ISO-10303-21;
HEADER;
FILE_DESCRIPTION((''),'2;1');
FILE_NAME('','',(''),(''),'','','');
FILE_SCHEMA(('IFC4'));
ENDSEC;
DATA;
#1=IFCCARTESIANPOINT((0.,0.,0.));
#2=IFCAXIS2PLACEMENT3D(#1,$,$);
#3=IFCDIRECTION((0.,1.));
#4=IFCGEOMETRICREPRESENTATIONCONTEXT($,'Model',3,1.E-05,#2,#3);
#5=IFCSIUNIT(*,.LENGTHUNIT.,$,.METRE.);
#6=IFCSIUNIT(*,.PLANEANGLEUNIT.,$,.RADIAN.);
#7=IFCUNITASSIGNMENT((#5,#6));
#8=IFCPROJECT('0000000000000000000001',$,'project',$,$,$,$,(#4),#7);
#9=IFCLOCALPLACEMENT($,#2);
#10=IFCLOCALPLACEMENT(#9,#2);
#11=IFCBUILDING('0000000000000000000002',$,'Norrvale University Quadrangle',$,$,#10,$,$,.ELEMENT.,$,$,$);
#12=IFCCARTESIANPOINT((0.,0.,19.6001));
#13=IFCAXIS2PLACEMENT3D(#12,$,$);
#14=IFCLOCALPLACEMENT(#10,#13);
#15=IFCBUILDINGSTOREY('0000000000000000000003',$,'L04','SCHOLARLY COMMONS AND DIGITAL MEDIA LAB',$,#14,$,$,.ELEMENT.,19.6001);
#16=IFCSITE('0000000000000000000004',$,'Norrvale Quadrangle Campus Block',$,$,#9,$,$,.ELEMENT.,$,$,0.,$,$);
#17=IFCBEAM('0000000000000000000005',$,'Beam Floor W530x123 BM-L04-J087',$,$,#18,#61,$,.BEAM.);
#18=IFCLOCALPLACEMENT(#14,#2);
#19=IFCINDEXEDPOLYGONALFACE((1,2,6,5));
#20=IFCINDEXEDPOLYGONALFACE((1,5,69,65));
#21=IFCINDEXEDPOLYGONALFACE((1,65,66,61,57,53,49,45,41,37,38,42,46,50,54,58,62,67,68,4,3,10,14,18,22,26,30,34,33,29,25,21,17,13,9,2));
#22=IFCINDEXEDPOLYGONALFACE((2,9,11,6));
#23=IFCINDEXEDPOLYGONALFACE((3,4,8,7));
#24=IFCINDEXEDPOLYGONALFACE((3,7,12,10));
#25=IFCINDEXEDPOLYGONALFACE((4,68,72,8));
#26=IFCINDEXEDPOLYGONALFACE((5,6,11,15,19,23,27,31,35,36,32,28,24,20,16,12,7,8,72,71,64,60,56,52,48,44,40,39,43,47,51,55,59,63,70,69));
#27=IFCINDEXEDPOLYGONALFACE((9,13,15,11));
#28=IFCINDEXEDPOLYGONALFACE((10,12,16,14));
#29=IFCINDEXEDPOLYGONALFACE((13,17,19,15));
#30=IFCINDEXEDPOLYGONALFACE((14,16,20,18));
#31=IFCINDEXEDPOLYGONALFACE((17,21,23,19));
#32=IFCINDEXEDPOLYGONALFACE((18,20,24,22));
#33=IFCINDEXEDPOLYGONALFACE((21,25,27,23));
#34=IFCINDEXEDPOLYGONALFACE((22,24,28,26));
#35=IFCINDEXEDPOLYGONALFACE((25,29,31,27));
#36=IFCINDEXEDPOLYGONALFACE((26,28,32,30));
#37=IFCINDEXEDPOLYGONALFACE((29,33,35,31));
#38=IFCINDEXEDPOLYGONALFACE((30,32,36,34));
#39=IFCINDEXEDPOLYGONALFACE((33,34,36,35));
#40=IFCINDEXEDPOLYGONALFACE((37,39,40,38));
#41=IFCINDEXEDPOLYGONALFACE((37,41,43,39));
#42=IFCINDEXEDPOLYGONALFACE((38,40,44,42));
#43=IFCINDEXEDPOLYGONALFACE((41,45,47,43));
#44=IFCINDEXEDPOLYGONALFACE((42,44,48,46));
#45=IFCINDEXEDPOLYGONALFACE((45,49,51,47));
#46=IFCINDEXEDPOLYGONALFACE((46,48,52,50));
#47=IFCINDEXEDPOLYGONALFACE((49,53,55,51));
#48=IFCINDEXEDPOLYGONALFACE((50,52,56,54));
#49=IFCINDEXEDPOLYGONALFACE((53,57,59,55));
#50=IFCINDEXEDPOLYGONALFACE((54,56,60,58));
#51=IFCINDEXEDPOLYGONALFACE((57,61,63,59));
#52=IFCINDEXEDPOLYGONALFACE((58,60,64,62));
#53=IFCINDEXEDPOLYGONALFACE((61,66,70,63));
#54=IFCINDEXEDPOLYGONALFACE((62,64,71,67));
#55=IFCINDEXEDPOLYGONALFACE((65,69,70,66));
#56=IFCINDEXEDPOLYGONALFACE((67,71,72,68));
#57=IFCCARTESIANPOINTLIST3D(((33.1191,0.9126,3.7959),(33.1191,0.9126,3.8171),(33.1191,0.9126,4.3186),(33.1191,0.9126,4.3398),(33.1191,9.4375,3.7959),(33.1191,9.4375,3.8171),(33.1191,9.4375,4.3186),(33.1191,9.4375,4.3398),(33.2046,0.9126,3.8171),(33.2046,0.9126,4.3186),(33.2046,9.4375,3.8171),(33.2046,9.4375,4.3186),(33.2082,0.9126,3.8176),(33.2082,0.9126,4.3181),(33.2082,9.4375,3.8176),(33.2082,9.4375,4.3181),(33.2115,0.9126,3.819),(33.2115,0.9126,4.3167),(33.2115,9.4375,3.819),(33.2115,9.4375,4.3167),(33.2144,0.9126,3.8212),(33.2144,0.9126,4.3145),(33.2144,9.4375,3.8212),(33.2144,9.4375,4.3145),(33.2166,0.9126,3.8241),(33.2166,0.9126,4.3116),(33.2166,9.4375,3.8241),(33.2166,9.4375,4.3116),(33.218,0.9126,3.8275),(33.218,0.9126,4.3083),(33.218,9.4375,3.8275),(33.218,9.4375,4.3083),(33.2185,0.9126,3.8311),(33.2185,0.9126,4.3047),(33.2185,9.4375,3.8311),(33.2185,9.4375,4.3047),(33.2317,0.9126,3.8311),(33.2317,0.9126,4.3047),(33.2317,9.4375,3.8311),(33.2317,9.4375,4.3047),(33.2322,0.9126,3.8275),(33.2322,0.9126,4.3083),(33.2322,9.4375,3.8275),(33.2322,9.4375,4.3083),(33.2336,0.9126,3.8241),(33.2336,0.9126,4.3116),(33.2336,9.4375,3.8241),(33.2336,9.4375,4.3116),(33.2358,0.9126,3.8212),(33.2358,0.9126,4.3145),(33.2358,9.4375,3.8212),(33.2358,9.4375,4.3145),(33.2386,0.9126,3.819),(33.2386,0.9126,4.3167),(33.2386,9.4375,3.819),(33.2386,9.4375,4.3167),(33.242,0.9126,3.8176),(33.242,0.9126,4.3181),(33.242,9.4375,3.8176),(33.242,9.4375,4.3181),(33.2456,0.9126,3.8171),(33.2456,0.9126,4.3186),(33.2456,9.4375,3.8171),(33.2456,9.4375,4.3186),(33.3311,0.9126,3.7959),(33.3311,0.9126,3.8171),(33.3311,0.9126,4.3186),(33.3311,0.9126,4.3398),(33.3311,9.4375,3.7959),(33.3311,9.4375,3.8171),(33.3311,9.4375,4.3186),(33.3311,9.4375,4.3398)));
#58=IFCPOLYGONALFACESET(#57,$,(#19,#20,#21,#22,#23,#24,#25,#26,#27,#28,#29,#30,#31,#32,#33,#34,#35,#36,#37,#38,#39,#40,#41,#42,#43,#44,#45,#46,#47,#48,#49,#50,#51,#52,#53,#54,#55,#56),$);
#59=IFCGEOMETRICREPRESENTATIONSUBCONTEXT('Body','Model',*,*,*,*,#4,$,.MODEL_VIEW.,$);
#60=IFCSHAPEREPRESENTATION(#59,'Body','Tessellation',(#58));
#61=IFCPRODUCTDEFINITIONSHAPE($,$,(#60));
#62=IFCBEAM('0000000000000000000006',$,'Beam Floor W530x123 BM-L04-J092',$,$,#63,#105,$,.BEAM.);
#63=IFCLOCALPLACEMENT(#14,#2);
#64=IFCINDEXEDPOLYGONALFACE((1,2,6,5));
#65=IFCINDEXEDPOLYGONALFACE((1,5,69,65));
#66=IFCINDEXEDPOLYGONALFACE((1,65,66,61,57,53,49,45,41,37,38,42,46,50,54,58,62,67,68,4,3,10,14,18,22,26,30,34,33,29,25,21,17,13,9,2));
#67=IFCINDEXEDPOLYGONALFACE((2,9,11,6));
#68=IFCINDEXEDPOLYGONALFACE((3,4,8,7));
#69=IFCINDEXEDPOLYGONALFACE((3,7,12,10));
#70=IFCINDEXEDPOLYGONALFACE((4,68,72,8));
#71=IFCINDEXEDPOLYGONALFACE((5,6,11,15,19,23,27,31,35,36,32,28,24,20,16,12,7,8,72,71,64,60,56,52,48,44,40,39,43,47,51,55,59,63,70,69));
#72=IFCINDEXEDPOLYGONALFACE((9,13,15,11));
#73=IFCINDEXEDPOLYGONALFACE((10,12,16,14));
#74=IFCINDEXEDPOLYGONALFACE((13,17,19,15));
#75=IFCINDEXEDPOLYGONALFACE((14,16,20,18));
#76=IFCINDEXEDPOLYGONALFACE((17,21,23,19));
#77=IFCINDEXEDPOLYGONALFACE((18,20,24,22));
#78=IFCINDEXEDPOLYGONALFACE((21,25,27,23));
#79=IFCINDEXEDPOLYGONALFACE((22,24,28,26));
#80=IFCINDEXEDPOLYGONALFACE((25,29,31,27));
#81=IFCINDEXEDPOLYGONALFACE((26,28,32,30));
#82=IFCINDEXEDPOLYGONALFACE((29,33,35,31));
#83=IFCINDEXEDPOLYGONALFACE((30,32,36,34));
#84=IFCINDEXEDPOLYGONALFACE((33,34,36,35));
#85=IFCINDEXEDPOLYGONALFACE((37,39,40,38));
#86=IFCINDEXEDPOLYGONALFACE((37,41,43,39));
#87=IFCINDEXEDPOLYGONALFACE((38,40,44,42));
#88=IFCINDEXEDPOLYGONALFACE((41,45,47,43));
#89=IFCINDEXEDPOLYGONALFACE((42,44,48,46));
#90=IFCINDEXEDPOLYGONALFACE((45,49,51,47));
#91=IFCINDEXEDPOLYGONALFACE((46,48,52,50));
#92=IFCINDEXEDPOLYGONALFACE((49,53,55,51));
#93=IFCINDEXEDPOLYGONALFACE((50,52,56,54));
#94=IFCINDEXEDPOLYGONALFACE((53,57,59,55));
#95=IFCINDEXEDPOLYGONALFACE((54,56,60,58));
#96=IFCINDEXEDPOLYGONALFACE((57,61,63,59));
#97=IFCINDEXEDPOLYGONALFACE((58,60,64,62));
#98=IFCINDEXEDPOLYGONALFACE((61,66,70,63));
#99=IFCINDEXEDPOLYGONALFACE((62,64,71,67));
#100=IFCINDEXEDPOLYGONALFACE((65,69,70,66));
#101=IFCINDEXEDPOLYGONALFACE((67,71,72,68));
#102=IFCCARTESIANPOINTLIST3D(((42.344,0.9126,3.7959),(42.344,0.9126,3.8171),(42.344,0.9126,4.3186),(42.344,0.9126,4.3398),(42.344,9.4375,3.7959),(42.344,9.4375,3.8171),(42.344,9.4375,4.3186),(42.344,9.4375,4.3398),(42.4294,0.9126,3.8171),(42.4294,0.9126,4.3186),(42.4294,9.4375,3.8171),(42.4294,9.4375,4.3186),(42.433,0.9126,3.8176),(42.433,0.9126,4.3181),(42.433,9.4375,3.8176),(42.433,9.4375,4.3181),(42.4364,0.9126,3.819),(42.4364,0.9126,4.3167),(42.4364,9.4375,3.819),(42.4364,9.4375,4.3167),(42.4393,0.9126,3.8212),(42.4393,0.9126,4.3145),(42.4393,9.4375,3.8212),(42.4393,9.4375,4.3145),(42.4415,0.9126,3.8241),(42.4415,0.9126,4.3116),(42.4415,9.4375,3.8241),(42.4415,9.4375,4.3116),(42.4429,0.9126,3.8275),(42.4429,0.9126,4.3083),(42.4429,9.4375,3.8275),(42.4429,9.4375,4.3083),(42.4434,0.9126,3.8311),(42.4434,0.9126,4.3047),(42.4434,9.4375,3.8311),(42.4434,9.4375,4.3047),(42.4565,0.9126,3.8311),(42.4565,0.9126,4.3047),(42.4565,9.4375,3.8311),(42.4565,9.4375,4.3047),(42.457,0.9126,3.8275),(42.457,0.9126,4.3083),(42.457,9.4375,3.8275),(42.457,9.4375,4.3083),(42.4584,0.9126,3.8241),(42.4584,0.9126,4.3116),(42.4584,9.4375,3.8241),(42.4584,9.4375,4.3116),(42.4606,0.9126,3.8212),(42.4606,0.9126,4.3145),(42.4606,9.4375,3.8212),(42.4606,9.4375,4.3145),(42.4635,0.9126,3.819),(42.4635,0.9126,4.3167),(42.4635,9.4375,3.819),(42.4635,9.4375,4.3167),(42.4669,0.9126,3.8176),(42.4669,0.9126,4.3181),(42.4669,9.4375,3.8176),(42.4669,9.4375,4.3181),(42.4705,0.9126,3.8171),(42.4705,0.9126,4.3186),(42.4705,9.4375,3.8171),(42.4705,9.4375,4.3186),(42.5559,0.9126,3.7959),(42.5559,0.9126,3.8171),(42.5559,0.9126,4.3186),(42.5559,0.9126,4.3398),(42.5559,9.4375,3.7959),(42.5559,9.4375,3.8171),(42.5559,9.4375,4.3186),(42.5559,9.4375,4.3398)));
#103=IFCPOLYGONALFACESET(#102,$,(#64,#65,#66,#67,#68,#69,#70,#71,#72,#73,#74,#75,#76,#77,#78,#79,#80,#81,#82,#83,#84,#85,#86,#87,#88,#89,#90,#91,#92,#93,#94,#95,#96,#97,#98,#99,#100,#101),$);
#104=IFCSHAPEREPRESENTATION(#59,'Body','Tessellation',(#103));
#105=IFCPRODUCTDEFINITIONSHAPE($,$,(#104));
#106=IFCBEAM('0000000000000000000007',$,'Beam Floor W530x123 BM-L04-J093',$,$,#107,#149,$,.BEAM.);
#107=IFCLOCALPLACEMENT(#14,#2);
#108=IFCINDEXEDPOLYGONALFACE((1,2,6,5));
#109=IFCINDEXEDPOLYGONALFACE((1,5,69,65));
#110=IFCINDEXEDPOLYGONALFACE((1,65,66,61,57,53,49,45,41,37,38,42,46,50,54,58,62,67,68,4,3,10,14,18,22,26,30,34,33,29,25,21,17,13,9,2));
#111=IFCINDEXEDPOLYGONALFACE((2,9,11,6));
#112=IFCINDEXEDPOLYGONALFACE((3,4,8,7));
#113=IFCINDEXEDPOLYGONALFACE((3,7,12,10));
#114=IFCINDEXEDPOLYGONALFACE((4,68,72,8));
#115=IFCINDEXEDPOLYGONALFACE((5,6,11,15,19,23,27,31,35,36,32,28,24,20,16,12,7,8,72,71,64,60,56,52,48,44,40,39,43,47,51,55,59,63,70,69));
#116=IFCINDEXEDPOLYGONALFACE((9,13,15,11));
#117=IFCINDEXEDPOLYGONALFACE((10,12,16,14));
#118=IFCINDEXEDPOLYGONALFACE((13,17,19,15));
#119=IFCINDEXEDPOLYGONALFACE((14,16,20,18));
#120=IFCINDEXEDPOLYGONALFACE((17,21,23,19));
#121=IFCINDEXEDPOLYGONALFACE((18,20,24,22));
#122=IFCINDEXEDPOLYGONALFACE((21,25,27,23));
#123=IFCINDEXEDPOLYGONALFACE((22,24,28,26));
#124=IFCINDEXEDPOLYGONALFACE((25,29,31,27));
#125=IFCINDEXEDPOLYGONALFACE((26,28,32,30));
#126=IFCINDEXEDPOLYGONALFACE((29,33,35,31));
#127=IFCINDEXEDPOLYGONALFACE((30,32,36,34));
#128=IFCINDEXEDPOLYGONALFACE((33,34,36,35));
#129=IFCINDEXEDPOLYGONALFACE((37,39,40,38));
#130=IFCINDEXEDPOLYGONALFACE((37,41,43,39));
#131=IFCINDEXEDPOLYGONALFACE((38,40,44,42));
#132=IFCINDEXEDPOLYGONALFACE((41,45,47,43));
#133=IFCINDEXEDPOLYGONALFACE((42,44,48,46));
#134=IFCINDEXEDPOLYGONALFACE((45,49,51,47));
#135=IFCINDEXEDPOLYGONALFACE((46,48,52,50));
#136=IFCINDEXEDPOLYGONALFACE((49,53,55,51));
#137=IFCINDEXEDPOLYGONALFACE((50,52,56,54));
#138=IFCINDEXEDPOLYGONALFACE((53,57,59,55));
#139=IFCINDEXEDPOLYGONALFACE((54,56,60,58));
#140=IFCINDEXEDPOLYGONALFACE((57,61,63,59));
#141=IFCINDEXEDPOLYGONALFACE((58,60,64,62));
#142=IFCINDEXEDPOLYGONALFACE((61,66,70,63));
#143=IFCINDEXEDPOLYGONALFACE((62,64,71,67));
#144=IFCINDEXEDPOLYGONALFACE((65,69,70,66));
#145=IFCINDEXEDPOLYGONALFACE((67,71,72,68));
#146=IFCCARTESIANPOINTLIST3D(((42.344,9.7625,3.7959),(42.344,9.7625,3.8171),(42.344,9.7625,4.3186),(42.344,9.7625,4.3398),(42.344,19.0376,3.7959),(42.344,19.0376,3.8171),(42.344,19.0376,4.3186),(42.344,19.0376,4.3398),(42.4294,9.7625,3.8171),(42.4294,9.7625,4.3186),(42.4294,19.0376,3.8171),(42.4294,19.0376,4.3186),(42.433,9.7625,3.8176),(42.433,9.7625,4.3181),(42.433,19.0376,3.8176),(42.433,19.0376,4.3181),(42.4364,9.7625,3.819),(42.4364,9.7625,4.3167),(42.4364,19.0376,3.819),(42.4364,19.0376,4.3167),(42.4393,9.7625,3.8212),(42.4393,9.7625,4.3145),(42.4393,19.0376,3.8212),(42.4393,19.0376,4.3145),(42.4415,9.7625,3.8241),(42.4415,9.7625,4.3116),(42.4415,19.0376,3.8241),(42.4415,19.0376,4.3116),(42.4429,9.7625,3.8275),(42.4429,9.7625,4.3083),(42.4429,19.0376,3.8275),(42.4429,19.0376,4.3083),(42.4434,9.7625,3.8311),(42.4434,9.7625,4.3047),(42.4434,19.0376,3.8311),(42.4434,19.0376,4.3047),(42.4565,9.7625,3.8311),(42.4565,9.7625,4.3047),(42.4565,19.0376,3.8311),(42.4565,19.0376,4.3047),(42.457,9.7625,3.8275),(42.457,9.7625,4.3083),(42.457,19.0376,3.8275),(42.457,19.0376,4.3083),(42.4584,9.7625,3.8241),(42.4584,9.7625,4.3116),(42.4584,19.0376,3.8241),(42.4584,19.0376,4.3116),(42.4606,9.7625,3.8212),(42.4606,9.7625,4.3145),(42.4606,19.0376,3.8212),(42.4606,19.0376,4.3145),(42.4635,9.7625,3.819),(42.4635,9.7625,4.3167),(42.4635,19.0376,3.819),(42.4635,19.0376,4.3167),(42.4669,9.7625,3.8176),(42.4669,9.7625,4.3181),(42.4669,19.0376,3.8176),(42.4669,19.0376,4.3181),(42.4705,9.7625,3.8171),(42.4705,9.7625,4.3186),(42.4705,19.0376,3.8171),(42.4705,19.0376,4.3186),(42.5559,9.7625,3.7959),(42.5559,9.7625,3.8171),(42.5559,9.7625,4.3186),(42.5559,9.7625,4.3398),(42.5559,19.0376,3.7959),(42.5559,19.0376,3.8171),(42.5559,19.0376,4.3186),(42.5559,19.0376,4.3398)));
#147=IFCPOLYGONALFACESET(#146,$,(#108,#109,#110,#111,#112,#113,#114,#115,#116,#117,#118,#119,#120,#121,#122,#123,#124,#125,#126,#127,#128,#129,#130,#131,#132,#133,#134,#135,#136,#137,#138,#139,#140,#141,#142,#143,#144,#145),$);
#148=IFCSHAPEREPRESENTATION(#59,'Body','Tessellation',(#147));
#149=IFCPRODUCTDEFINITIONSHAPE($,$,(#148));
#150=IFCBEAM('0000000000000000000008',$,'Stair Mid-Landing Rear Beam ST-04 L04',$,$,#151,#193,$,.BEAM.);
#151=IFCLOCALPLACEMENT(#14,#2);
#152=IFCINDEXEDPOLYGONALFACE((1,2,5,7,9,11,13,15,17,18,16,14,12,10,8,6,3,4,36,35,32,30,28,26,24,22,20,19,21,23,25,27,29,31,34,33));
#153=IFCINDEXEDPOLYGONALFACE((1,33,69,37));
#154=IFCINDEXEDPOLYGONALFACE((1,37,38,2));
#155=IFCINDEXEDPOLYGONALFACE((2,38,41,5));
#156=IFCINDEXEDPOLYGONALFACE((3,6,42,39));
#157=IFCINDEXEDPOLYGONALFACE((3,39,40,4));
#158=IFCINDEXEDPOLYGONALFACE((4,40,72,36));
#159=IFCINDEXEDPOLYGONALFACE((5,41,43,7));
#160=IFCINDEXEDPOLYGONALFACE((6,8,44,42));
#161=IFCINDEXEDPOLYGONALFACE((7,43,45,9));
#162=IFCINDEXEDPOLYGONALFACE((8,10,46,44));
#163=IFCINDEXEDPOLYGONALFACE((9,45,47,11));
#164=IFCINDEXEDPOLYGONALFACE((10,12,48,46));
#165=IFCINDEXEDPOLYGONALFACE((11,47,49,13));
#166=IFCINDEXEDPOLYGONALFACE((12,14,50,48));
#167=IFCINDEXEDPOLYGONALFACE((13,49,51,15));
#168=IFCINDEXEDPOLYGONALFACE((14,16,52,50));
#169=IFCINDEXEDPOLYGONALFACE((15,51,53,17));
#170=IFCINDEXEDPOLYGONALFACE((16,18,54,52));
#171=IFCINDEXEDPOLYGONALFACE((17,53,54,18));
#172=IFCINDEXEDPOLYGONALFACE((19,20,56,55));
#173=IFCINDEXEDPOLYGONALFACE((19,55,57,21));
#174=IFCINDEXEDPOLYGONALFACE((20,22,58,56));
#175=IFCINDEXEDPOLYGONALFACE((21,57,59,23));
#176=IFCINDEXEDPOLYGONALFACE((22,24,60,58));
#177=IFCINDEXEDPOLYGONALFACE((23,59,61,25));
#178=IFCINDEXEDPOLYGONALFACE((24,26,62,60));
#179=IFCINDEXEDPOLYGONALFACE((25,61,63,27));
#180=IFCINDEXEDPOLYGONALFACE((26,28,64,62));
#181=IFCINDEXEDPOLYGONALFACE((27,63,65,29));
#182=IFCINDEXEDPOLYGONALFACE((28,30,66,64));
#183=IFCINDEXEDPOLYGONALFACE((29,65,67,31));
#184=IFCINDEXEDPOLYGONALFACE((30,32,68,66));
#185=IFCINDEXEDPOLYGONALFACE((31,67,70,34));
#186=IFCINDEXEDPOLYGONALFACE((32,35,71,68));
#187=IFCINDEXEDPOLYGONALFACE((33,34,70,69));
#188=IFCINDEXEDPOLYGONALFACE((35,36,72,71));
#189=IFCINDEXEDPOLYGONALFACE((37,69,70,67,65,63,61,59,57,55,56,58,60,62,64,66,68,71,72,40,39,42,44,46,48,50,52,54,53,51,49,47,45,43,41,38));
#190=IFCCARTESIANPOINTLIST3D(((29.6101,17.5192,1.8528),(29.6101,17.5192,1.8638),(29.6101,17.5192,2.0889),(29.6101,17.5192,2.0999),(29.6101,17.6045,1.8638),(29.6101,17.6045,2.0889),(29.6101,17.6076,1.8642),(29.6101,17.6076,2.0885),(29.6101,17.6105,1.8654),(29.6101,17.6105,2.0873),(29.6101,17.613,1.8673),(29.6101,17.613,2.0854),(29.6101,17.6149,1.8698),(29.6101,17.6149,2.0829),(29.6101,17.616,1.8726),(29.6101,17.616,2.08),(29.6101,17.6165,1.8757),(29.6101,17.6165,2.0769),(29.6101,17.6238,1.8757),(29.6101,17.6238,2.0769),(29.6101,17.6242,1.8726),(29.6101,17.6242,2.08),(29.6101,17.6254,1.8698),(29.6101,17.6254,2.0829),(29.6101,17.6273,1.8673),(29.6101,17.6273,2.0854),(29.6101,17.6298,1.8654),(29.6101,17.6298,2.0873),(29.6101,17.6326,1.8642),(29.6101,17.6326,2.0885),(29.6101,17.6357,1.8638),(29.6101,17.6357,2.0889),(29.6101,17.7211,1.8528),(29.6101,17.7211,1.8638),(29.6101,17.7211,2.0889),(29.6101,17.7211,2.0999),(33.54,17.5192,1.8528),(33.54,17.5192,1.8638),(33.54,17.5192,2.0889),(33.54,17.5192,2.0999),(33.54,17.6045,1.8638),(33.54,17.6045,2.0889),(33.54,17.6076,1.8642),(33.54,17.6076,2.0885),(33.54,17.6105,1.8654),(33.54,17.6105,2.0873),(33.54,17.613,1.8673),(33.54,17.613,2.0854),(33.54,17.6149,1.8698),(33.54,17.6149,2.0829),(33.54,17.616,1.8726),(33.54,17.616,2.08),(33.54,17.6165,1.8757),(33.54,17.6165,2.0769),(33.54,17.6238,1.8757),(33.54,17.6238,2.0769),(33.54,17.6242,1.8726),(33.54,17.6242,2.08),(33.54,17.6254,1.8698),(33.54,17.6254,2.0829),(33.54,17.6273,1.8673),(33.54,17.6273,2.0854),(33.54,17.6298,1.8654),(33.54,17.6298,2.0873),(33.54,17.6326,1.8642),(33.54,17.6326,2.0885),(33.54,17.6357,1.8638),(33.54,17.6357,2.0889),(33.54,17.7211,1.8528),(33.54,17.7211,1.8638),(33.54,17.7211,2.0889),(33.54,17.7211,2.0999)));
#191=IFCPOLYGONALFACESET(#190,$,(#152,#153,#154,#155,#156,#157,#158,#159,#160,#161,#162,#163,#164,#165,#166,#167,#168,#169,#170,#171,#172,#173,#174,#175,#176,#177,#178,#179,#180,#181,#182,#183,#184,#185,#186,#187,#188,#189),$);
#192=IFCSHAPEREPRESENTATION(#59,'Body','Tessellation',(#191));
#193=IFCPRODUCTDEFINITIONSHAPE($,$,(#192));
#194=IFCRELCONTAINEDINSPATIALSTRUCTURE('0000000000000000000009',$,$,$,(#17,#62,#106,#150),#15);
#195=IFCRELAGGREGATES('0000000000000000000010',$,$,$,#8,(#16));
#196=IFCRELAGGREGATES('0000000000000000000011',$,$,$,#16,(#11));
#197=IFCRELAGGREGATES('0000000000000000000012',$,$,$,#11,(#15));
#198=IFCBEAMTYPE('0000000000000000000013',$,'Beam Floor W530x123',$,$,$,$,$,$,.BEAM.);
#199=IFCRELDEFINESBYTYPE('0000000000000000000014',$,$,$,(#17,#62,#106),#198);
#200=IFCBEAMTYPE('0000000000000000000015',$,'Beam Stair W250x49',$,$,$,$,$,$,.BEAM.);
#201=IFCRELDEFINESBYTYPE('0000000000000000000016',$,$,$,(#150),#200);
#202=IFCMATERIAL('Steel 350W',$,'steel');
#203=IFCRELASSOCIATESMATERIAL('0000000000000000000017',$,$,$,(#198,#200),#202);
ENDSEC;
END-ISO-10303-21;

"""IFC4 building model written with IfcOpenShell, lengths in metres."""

from ifc_helpers import new_model, si_unit, direction, frame, origin, origin_2d, place, context, subcontext, project, spatial, i_section, extrude, material, material_profile, profile_set, type_object, element, save


model = new_model("IFC4")

# Units and contexts
model_context = context("Model", 3, precision=1e-05, world=origin(), true_north=direction((0.0, 1.0)))
body_context = subcontext(model_context, "Body", "Model", "MODEL_VIEW")
ifc_project = project(units=[si_unit("LENGTHUNIT", "METRE"), si_unit("PLANEANGLEUNIT", "RADIAN")], contexts=[model_context])

# Site, building, storey
site_placement = place(None, origin())
site = spatial("IfcSite", under=ifc_project, at=site_placement, Name="Norrvale Quadrangle Campus Block", CompositionType="ELEMENT", RefElevation=0.0)
building_placement = place(site_placement, origin())
building = spatial("IfcBuilding", under=site, at=building_placement, Name="Norrvale University Quadrangle", CompositionType="ELEMENT")
storey_placement = place(building_placement, frame((0.0, 0.0, 19.6001)))
storey = spatial("IfcBuildingStorey", under=building, at=storey_placement, Name="L04", Description="SCHOLARLY COMMONS AND DIGITAL MEDIA LAB", CompositionType="ELEMENT", Elevation=19.6001)

# Beams
ifc_material_1 = material(Name="Steel 350W", Category="steel")
ifc_material_profile_1 = material_profile(ifc_material_1, i_section(OverallWidth=0.2119, OverallDepth=0.5439, WebThickness=0.0132, FlangeThickness=0.0212, FilletRadius=0.0139, at=origin_2d()), Name="Steel 350W")
ifc_profile_set_1 = profile_set([ifc_material_profile_1], Name="Steel 350W")
beam_type_1 = type_object("IfcBeamType", Name="Beam Floor W530x123", PredefinedType="BEAM", material=ifc_profile_set_1)
for number, where, z_axis, x_axis, name in (
    (1, (33.2251, 0.9126, 4.0679), (0.0, 1.0, 0.0), (-1.0, 0.0, 0.0), "Beam Floor W530x123 BM-L04-J087"),
    (2, (42.45, 0.9126, 4.0679), (0.0, 1.0, 0.0), (-1.0, 0.0, 0.0), "Beam Floor W530x123 BM-L04-J092"),
):
    element("IfcBeam", number, at=place(storey_placement, frame(where, z_axis=z_axis, x_axis=x_axis)), inside=storey, type_object=beam_type_1, Name=name, PredefinedType="BEAM", context=body_context, shape_type="SweptSolid", body=[
        extrude(i_section(OverallWidth=0.2119, OverallDepth=0.5439, WebThickness=0.0132, FlangeThickness=0.0212, FilletRadius=0.0139, at=origin_2d()), origin(), (0.0, 0.0, 1.0), 8.5249),
    ])
beam_1_placement = place(storey_placement, frame((42.45, 9.7625, 4.0679), z_axis=(0.0, 1.0, 0.0), x_axis=(-1.0, 0.0, 0.0)))
element("IfcBeam", 3, at=beam_1_placement, inside=storey, type_object=beam_type_1, Name="Beam Floor W530x123 BM-L04-J093", PredefinedType="BEAM", context=body_context, shape_type="SweptSolid", body=[
    extrude(i_section(OverallWidth=0.2119, OverallDepth=0.5439, WebThickness=0.0132, FlangeThickness=0.0212, FilletRadius=0.0139, at=origin_2d()), origin(), (0.0, 0.0, 1.0), 9.2751),
])
ifc_material_profile_2 = material_profile(ifc_material_1, i_section(OverallWidth=0.2019, OverallDepth=0.2471, WebThickness=0.0073, FlangeThickness=0.011, FilletRadius=0.012, at=origin_2d()), Name="Steel 350W")
ifc_profile_set_2 = profile_set([ifc_material_profile_2], Name="Steel 350W")
beam_type_2 = type_object("IfcBeamType", Name="Beam Stair W250x49", PredefinedType="BEAM", material=ifc_profile_set_2)
beam_2_placement = place(storey_placement, frame((29.6101, 17.6201, 1.9763), z_axis=(1.0, 0.0, 0.0), x_axis=(0.0, 1.0, 0.0)))
element("IfcBeam", 4, at=beam_2_placement, inside=storey, type_object=beam_type_2, Name="Stair Mid-Landing Rear Beam ST-04 L04", PredefinedType="BEAM", context=body_context, shape_type="SweptSolid", body=[
    extrude(i_section(OverallWidth=0.2019, OverallDepth=0.2471, WebThickness=0.0073, FlangeThickness=0.011, FilletRadius=0.012, at=origin_2d()), origin(), (0.0, 0.0, 1.0), 3.9299),
])

save(model, "model.ifc")
